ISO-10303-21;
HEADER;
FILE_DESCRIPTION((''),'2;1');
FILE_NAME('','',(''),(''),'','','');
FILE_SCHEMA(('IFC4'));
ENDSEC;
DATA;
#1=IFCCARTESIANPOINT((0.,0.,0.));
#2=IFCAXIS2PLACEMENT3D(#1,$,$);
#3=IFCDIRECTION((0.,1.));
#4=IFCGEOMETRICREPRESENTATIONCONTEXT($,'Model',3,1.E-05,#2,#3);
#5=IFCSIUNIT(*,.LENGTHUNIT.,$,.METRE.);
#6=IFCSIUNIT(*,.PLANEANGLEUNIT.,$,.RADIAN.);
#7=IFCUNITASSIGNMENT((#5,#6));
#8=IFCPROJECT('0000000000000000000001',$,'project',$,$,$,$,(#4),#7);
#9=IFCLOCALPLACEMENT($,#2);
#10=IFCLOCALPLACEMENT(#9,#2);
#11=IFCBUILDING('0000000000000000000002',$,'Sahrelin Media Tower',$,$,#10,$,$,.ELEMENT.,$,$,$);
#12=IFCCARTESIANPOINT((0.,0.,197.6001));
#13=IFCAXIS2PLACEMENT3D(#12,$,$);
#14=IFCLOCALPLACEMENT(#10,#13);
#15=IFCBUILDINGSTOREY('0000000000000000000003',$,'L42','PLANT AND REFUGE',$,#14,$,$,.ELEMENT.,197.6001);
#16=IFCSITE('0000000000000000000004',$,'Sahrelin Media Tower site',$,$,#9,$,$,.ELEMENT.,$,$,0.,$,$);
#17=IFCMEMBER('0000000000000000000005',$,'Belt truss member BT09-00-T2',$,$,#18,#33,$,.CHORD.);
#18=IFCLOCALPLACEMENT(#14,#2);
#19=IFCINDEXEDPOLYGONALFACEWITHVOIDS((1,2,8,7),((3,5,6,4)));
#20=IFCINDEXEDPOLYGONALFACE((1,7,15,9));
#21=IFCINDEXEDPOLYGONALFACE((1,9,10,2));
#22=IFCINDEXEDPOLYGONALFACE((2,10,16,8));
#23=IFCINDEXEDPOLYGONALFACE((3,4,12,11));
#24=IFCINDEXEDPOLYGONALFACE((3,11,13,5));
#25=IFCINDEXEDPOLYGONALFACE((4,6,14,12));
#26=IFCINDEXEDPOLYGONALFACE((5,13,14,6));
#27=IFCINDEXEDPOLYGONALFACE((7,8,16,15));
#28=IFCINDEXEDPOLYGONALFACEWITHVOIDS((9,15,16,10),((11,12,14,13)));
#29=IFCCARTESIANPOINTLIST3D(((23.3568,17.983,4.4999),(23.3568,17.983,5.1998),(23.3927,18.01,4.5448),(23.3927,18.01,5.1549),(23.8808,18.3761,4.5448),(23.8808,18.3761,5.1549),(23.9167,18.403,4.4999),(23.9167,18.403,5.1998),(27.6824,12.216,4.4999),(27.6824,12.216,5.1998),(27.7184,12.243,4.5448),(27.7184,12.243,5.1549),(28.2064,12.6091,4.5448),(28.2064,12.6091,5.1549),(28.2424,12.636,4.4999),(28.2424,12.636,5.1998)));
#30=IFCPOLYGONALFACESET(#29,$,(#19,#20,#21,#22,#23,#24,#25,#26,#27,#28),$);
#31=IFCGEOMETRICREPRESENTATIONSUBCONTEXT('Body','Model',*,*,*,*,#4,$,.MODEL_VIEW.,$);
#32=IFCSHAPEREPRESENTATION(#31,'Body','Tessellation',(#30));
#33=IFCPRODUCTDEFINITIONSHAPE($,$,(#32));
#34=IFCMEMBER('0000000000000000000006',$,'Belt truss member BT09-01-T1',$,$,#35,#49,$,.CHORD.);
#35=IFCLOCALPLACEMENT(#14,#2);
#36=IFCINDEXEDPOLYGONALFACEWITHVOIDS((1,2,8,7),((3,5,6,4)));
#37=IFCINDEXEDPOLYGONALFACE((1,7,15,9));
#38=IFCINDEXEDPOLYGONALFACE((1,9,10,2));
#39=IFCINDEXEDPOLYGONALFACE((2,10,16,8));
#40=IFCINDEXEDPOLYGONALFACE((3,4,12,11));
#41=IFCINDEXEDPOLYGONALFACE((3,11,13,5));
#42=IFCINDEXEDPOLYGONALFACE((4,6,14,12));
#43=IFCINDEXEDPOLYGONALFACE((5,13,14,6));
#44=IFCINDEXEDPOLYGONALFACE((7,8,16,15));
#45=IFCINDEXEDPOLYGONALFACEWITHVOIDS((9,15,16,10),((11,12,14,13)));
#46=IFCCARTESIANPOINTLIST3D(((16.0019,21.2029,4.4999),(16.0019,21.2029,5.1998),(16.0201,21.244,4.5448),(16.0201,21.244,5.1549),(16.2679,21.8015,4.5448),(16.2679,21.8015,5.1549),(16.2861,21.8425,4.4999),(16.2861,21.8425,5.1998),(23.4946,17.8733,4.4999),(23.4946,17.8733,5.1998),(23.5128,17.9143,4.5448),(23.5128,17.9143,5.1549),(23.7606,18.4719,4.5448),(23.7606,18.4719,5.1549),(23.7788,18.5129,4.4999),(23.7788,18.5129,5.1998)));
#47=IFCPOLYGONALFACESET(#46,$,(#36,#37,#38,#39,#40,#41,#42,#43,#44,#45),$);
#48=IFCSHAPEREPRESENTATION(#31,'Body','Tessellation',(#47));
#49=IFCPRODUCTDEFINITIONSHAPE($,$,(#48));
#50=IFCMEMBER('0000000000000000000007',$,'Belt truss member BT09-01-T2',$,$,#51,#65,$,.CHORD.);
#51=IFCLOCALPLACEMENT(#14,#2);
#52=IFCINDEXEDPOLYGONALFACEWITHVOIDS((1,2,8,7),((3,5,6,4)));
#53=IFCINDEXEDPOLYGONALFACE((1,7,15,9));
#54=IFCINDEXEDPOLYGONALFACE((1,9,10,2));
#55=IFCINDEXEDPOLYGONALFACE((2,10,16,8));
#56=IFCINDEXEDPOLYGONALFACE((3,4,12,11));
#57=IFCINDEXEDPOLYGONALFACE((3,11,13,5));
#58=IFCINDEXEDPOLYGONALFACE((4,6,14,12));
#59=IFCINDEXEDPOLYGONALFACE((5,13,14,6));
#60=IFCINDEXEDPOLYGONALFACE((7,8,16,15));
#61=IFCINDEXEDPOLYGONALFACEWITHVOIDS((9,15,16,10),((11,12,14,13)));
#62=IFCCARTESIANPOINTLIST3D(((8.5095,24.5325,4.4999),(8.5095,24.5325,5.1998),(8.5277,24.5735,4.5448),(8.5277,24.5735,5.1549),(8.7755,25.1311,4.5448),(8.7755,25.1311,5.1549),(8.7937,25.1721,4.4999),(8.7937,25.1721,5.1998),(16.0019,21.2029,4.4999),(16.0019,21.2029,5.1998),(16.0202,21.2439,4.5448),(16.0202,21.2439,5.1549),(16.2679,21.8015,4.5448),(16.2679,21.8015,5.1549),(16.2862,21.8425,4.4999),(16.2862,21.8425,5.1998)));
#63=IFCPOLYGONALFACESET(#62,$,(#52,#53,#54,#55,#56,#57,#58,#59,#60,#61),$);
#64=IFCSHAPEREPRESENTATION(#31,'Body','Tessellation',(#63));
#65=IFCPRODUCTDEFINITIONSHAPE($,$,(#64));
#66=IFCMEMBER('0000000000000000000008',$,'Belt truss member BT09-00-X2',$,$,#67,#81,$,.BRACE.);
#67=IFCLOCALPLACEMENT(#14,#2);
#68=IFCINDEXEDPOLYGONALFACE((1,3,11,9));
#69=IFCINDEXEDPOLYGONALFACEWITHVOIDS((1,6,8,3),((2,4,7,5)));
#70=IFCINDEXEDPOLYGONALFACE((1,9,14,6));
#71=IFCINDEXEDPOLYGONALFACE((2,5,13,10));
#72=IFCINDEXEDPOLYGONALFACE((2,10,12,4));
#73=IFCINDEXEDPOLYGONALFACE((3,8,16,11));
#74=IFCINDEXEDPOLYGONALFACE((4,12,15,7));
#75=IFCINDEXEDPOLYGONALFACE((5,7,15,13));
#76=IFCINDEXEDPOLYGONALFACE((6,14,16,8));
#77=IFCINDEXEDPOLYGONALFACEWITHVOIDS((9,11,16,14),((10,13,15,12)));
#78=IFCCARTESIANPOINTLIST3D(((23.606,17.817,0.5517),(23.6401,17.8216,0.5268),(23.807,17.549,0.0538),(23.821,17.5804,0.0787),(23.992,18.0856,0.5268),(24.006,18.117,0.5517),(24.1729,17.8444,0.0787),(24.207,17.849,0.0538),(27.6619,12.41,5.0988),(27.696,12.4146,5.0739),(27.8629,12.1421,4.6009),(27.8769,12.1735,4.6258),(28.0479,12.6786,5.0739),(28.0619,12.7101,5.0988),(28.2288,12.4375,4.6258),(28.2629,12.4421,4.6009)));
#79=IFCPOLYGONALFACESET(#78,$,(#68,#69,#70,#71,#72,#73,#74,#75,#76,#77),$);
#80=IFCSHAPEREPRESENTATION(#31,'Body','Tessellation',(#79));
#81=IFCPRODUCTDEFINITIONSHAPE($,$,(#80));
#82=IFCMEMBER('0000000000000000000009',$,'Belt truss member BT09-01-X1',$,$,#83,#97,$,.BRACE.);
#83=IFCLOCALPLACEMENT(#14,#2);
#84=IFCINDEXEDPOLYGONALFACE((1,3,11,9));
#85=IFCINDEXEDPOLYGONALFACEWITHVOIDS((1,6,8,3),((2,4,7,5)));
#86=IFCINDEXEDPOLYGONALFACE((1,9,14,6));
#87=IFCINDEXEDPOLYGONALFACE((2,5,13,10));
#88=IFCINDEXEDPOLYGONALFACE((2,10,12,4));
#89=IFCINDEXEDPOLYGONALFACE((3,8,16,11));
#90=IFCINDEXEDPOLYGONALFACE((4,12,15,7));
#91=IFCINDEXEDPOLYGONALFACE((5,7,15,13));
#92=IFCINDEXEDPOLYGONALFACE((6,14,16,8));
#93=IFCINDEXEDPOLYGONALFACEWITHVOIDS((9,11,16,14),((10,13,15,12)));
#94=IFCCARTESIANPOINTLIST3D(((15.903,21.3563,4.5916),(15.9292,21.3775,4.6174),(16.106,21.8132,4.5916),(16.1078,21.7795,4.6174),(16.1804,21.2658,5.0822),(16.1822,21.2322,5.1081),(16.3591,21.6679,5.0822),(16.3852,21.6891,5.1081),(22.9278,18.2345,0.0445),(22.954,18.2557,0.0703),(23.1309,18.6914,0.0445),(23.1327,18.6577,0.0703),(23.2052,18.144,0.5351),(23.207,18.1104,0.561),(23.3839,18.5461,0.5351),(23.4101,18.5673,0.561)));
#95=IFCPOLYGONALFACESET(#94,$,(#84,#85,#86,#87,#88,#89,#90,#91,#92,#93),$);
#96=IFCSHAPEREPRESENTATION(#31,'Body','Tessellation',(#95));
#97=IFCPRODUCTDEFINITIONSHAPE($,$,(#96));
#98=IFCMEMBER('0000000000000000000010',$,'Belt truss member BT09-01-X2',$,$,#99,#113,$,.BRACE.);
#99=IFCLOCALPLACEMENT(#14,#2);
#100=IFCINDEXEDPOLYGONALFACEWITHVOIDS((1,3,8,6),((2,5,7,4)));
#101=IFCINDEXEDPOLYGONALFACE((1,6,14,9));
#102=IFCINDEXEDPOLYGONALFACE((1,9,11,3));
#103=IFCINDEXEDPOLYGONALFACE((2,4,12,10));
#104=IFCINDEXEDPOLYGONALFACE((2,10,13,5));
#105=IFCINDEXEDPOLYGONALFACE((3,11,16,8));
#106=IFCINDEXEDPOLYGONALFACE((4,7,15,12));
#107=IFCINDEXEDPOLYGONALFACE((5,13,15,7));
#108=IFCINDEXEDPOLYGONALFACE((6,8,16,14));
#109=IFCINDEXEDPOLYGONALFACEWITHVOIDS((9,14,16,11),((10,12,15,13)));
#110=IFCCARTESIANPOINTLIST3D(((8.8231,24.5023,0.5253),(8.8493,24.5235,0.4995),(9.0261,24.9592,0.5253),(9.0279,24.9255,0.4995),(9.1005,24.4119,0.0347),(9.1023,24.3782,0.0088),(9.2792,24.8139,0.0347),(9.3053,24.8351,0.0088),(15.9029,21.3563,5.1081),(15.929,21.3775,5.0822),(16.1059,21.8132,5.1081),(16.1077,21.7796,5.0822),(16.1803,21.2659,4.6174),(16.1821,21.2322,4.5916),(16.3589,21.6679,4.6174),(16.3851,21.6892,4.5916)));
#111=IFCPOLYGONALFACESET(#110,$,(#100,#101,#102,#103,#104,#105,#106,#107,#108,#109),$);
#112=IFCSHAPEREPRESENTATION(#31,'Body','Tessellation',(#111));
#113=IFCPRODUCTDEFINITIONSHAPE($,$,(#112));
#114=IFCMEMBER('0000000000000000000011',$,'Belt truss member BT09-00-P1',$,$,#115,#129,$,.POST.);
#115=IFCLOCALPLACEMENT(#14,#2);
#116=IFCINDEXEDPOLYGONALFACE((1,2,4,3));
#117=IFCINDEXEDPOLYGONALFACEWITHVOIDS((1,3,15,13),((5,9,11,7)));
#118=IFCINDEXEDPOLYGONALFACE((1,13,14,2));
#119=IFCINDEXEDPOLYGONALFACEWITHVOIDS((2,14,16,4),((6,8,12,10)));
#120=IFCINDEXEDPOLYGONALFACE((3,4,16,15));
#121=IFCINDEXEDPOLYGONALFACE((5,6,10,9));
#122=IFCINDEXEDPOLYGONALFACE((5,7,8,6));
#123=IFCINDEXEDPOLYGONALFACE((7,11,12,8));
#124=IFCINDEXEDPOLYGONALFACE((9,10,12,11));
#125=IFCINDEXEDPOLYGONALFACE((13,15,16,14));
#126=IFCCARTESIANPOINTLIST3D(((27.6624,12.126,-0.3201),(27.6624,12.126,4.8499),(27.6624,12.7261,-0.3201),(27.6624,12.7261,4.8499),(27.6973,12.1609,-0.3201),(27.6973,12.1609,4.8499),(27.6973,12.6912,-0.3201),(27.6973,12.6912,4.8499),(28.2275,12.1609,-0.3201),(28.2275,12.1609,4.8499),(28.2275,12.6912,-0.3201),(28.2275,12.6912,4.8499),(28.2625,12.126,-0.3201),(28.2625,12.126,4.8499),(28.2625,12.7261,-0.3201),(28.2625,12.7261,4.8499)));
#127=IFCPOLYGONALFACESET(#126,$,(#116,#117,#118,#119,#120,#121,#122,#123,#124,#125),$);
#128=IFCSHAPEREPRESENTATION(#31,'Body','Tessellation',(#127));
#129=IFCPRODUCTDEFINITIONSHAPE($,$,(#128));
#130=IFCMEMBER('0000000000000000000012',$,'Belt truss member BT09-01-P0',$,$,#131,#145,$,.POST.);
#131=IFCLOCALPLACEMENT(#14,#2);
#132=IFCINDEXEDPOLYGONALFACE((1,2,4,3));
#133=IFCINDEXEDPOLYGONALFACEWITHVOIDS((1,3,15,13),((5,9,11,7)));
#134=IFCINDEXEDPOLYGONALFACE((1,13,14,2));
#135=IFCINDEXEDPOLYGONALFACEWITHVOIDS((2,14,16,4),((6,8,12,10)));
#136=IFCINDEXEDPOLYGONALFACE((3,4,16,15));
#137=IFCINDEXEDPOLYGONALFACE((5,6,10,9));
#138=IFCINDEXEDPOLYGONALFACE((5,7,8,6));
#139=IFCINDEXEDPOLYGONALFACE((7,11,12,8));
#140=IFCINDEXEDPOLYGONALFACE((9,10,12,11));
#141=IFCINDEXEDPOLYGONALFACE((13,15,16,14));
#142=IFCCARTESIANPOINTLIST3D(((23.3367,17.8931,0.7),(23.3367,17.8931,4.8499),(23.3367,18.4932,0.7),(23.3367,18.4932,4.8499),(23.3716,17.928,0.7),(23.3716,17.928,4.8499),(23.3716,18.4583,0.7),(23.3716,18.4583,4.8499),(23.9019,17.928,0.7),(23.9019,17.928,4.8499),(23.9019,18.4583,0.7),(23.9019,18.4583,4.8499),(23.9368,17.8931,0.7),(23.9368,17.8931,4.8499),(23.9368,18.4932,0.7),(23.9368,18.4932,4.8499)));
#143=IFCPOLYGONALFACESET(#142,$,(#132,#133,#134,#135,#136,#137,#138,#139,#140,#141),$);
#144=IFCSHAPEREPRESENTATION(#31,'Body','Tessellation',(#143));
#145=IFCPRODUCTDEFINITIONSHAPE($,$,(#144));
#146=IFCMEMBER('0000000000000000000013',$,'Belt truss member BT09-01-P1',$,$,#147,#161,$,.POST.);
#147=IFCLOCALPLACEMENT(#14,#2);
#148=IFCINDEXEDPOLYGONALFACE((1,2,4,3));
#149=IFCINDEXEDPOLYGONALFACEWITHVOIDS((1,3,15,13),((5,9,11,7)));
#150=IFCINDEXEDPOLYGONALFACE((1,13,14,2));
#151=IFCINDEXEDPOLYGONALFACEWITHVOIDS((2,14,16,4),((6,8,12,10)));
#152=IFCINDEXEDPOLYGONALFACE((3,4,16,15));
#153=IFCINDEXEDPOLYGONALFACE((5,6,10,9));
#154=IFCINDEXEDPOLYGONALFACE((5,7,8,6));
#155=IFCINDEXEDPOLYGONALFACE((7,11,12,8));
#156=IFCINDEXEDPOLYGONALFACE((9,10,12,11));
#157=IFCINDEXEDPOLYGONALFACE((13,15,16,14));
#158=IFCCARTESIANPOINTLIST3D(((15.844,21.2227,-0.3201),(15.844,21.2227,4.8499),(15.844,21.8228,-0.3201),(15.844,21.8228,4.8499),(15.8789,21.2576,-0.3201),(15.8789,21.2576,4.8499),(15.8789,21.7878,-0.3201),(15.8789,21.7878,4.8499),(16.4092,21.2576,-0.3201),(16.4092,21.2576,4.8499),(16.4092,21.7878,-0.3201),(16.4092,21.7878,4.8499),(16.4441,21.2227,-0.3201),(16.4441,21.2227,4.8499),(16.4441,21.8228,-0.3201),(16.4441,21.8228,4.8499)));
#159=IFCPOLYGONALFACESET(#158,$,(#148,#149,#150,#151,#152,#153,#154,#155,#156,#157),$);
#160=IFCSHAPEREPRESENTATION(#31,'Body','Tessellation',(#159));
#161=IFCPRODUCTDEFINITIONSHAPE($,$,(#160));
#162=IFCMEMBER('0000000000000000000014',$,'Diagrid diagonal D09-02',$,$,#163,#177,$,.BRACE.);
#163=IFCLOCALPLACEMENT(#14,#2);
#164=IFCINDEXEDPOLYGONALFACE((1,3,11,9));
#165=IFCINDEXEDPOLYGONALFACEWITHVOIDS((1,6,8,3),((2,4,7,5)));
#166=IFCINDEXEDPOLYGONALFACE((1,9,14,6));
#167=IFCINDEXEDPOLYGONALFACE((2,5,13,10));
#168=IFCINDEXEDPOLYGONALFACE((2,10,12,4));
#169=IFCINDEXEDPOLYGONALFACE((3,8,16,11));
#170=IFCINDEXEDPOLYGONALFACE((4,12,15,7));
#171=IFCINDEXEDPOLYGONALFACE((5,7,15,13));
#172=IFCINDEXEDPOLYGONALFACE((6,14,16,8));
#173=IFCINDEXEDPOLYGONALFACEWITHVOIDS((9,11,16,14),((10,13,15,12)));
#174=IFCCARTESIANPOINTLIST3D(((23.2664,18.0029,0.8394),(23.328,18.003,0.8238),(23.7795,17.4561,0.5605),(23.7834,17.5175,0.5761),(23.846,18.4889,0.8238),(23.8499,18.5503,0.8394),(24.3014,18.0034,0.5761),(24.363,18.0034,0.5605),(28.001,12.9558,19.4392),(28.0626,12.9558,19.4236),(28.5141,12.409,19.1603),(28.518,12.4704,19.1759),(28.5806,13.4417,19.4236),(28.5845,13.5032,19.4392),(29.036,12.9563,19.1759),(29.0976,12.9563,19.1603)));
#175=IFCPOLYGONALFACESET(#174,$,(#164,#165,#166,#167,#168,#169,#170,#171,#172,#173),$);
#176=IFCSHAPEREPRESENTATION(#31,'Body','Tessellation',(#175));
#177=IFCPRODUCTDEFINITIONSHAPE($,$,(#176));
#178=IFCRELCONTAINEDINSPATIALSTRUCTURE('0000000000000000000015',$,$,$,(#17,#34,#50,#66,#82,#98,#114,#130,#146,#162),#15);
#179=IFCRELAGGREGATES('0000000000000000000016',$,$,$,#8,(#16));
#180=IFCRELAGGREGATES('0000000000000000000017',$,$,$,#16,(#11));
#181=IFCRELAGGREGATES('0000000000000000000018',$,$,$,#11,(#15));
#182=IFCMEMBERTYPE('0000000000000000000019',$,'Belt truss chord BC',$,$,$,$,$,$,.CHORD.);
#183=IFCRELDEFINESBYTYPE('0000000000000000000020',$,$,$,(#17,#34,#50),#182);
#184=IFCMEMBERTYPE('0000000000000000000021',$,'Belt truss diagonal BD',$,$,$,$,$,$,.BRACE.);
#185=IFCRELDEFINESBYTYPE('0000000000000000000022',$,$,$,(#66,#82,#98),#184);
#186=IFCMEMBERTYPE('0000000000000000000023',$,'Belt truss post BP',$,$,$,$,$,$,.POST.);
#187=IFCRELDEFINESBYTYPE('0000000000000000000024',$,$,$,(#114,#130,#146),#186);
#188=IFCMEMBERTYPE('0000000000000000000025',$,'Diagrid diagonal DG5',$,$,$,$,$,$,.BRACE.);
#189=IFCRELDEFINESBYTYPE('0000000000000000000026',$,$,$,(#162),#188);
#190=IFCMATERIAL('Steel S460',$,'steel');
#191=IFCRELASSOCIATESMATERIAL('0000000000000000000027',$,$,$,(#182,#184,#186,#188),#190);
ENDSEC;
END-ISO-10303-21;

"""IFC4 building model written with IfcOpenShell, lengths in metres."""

from ifc_helpers import new_model, si_unit, direction, frame, origin, origin_2d, place, context, subcontext, project, spatial, hollow_rectangle, extrude, material, material_profile, profile_set, type_object, element, save


model = new_model("IFC4")

# Units and contexts
model_context = context("Model", 3, precision=1e-05, world=origin(), true_north=direction((0.0, 1.0)))
body_context = subcontext(model_context, "Body", "Model", "MODEL_VIEW")
ifc_project = project(units=[si_unit("LENGTHUNIT", "METRE"), si_unit("PLANEANGLEUNIT", "RADIAN")], contexts=[model_context])

# Site, building, storey
site_placement = place(None, origin())
site = spatial("IfcSite", under=ifc_project, at=site_placement, Name="Sahrelin Media Tower site", CompositionType="ELEMENT", RefElevation=0.0)
building_placement = place(site_placement, origin())
building = spatial("IfcBuilding", under=site, at=building_placement, Name="Sahrelin Media Tower", CompositionType="ELEMENT")
storey_placement = place(building_placement, frame((0.0, 0.0, 197.6001)))
storey = spatial("IfcBuildingStorey", under=building, at=storey_placement, Name="L42", Description="PLANT AND REFUGE", CompositionType="ELEMENT", Elevation=197.6001)

# Members
ifc_material_1 = material(Name="Steel S460", Category="steel")
ifc_material_profile_1 = material_profile(ifc_material_1, hollow_rectangle(XDim=0.7, YDim=0.7, WallThickness=0.0449, at=origin_2d()), Name="Belt truss chord BC")
ifc_profile_set_1 = profile_set([ifc_material_profile_1], Name="Steel S460")
member_type_1 = type_object("IfcMemberType", Name="Belt truss chord BC", PredefinedType="CHORD", material=ifc_profile_set_1)
member_1_placement = place(storey_placement, frame((27.9624, 12.426, 4.8499), z_axis=(-0.600033, 0.799976, 0.0), x_axis=(-0.799976, -0.600033, 0.0)))
element("IfcMember", 1, at=member_1_placement, inside=storey, type_object=member_type_1, Name="Belt truss member BT09-00-T2", PredefinedType="CHORD", context=body_context, shape_type="SweptSolid", body=[
    extrude(hollow_rectangle(XDim=0.7, YDim=0.7, WallThickness=0.0449, at=origin_2d()), origin(), (0.0, 0.0, 1.0), 7.209),
])
member_2_placement = place(storey_placement, frame((23.6367, 18.1931, 4.8499), z_axis=(-0.913834, 0.406089, 0.0), x_axis=(-0.406089, -0.913834, 0.0)))
element("IfcMember", 2, at=member_2_placement, inside=storey, type_object=member_type_1, Name="Belt truss member BT09-01-T1", PredefinedType="CHORD", context=body_context, shape_type="SweptSolid", body=[
    extrude(hollow_rectangle(XDim=0.7, YDim=0.7, WallThickness=0.0449, at=origin_2d()), origin(), (0.0, 0.0, 1.0), 8.1992),
])
member_3_placement = place(storey_placement, frame((16.144, 21.5227, 4.8499), z_axis=(-0.913829, 0.4061, 0.0), x_axis=(-0.4061, -0.913829, 0.0)))
element("IfcMember", 3, at=member_3_placement, inside=storey, type_object=member_type_1, Name="Belt truss member BT09-01-T2", PredefinedType="CHORD", context=body_context, shape_type="SweptSolid", body=[
    extrude(hollow_rectangle(XDim=0.7, YDim=0.7, WallThickness=0.0449, at=origin_2d()), origin(), (0.0, 0.0, 1.0), 8.199),
])
ifc_material_profile_2 = material_profile(ifc_material_1, hollow_rectangle(XDim=0.5, YDim=0.6001, WallThickness=0.03, at=origin_2d()), Name="Belt truss diagonal BD")
ifc_profile_set_2 = profile_set([ifc_material_profile_2], Name="Steel S460")
member_type_2 = type_object("IfcMemberType", Name="Belt truss diagonal BD", PredefinedType="BRACE", material=ifc_profile_set_2)
member_4_placement = place(storey_placement, frame((23.9065, 17.833, 0.3027), z_axis=(0.497884, -0.663735, 0.558182), x_axis=(0.799952, 0.600064, 0.0)))
element("IfcMember", 4, at=member_4_placement, inside=storey, type_object=member_type_2, Name="Belt truss member BT09-00-X2", PredefinedType="BRACE", context=body_context, shape_type="SweptSolid", body=[
    extrude(hollow_rectangle(XDim=0.5, YDim=0.6001, WallThickness=0.03, at=origin_2d()), origin(), (0.0, 0.0, 1.0), 8.1462),
])
member_5_placement = place(storey_placement, frame((23.1689, 18.4009, 0.3027), z_axis=(-0.786533, 0.349531, 0.509111), x_axis=(-0.4061, -0.913829, 0.0)))
element("IfcMember", 5, at=member_5_placement, inside=storey, type_object=member_type_2, Name="Belt truss member BT09-01-X1", PredefinedType="BRACE", context=body_context, shape_type="SweptSolid", body=[
    extrude(hollow_rectangle(XDim=0.5, YDim=0.6001, WallThickness=0.03, at=origin_2d()), origin(), (0.0, 0.0, 1.0), 8.9314),
])
member_6_placement = place(storey_placement, frame((9.0642, 24.6687, 0.2671), z_axis=(0.786536, -0.349505, 0.509123), x_axis=(0.406074, 0.91384, 0.0)))
element("IfcMember", 6, at=member_6_placement, inside=storey, type_object=member_type_2, Name="Belt truss member BT09-01-X2", PredefinedType="BRACE", context=body_context, shape_type="SweptSolid", body=[
    extrude(hollow_rectangle(XDim=0.5, YDim=0.6001, WallThickness=0.03, at=origin_2d()), origin(), (0.0, 0.0, 1.0), 9.0012),
])
ifc_material_profile_3 = material_profile(ifc_material_1, hollow_rectangle(XDim=0.6001, YDim=0.6001, WallThickness=0.0349, at=origin_2d()), Name="Belt truss post BP")
ifc_profile_set_3 = profile_set([ifc_material_profile_3], Name="Steel S460")
member_type_3 = type_object("IfcMemberType", Name="Belt truss post BP", PredefinedType="POST", material=ifc_profile_set_3)
member_7_placement = place(storey_placement, frame((27.9624, 12.426, -0.3201), z_axis=(0.0, 0.0, 1.0), x_axis=(1.0, 0.0, 0.0)))
element("IfcMember", 7, at=member_7_placement, inside=storey, type_object=member_type_3, Name="Belt truss member BT09-00-P1", PredefinedType="POST", context=body_context, shape_type="SweptSolid", body=[
    extrude(hollow_rectangle(XDim=0.6001, YDim=0.6001, WallThickness=0.0349, at=origin_2d()), origin(), (0.0, 0.0, 1.0), 5.1699),
])
member_8_placement = place(storey_placement, frame((23.6367, 18.1931, 0.7), z_axis=(0.0, 0.0, 1.0), x_axis=(1.0, 0.0, 0.0)))
element("IfcMember", 8, at=member_8_placement, inside=storey, type_object=member_type_3, Name="Belt truss member BT09-01-P0", PredefinedType="POST", context=body_context, shape_type="SweptSolid", body=[
    extrude(hollow_rectangle(XDim=0.6001, YDim=0.6001, WallThickness=0.0349, at=origin_2d()), origin(), (0.0, 0.0, 1.0), 4.1499),
])
member_9_placement = place(storey_placement, frame((16.144, 21.5227, -0.3201), z_axis=(0.0, 0.0, 1.0), x_axis=(1.0, 0.0, 0.0)))
element("IfcMember", 9, at=member_9_placement, inside=storey, type_object=member_type_3, Name="Belt truss member BT09-01-P1", PredefinedType="POST", context=body_context, shape_type="SweptSolid", body=[
    extrude(hollow_rectangle(XDim=0.6001, YDim=0.6001, WallThickness=0.0349, at=origin_2d()), origin(), (0.0, 0.0, 1.0), 5.1699),
])
ifc_material_profile_4 = material_profile(ifc_material_1, hollow_rectangle(XDim=0.8, YDim=0.8, WallThickness=0.0449, at=origin_2d()), Name="Diagrid diagonal DG5")
ifc_profile_set_4 = profile_set([ifc_material_profile_4], Name="Steel S460")
member_type_4 = type_object("IfcMemberType", Name="Diagrid diagonal DG5", PredefinedType="BRACE", material=ifc_profile_set_4)
member_10_placement = place(storey_placement, frame((23.8147, 18.0032, 0.7), z_axis=(0.238574, -0.25432, 0.937232), x_axis=(0.729325, 0.684168, 0.0)))
element("IfcMember", 10, at=member_10_placement, inside=storey, type_object=member_type_4, Name="Diagrid diagonal D09-02", PredefinedType="BRACE", context=body_context, shape_type="SweptSolid", body=[
    extrude(hollow_rectangle(XDim=0.8, YDim=0.8, WallThickness=0.0449, at=origin_2d()), origin(), (0.0, 0.0, 1.0), 19.8455),
])

save(model, "model.ifc")
